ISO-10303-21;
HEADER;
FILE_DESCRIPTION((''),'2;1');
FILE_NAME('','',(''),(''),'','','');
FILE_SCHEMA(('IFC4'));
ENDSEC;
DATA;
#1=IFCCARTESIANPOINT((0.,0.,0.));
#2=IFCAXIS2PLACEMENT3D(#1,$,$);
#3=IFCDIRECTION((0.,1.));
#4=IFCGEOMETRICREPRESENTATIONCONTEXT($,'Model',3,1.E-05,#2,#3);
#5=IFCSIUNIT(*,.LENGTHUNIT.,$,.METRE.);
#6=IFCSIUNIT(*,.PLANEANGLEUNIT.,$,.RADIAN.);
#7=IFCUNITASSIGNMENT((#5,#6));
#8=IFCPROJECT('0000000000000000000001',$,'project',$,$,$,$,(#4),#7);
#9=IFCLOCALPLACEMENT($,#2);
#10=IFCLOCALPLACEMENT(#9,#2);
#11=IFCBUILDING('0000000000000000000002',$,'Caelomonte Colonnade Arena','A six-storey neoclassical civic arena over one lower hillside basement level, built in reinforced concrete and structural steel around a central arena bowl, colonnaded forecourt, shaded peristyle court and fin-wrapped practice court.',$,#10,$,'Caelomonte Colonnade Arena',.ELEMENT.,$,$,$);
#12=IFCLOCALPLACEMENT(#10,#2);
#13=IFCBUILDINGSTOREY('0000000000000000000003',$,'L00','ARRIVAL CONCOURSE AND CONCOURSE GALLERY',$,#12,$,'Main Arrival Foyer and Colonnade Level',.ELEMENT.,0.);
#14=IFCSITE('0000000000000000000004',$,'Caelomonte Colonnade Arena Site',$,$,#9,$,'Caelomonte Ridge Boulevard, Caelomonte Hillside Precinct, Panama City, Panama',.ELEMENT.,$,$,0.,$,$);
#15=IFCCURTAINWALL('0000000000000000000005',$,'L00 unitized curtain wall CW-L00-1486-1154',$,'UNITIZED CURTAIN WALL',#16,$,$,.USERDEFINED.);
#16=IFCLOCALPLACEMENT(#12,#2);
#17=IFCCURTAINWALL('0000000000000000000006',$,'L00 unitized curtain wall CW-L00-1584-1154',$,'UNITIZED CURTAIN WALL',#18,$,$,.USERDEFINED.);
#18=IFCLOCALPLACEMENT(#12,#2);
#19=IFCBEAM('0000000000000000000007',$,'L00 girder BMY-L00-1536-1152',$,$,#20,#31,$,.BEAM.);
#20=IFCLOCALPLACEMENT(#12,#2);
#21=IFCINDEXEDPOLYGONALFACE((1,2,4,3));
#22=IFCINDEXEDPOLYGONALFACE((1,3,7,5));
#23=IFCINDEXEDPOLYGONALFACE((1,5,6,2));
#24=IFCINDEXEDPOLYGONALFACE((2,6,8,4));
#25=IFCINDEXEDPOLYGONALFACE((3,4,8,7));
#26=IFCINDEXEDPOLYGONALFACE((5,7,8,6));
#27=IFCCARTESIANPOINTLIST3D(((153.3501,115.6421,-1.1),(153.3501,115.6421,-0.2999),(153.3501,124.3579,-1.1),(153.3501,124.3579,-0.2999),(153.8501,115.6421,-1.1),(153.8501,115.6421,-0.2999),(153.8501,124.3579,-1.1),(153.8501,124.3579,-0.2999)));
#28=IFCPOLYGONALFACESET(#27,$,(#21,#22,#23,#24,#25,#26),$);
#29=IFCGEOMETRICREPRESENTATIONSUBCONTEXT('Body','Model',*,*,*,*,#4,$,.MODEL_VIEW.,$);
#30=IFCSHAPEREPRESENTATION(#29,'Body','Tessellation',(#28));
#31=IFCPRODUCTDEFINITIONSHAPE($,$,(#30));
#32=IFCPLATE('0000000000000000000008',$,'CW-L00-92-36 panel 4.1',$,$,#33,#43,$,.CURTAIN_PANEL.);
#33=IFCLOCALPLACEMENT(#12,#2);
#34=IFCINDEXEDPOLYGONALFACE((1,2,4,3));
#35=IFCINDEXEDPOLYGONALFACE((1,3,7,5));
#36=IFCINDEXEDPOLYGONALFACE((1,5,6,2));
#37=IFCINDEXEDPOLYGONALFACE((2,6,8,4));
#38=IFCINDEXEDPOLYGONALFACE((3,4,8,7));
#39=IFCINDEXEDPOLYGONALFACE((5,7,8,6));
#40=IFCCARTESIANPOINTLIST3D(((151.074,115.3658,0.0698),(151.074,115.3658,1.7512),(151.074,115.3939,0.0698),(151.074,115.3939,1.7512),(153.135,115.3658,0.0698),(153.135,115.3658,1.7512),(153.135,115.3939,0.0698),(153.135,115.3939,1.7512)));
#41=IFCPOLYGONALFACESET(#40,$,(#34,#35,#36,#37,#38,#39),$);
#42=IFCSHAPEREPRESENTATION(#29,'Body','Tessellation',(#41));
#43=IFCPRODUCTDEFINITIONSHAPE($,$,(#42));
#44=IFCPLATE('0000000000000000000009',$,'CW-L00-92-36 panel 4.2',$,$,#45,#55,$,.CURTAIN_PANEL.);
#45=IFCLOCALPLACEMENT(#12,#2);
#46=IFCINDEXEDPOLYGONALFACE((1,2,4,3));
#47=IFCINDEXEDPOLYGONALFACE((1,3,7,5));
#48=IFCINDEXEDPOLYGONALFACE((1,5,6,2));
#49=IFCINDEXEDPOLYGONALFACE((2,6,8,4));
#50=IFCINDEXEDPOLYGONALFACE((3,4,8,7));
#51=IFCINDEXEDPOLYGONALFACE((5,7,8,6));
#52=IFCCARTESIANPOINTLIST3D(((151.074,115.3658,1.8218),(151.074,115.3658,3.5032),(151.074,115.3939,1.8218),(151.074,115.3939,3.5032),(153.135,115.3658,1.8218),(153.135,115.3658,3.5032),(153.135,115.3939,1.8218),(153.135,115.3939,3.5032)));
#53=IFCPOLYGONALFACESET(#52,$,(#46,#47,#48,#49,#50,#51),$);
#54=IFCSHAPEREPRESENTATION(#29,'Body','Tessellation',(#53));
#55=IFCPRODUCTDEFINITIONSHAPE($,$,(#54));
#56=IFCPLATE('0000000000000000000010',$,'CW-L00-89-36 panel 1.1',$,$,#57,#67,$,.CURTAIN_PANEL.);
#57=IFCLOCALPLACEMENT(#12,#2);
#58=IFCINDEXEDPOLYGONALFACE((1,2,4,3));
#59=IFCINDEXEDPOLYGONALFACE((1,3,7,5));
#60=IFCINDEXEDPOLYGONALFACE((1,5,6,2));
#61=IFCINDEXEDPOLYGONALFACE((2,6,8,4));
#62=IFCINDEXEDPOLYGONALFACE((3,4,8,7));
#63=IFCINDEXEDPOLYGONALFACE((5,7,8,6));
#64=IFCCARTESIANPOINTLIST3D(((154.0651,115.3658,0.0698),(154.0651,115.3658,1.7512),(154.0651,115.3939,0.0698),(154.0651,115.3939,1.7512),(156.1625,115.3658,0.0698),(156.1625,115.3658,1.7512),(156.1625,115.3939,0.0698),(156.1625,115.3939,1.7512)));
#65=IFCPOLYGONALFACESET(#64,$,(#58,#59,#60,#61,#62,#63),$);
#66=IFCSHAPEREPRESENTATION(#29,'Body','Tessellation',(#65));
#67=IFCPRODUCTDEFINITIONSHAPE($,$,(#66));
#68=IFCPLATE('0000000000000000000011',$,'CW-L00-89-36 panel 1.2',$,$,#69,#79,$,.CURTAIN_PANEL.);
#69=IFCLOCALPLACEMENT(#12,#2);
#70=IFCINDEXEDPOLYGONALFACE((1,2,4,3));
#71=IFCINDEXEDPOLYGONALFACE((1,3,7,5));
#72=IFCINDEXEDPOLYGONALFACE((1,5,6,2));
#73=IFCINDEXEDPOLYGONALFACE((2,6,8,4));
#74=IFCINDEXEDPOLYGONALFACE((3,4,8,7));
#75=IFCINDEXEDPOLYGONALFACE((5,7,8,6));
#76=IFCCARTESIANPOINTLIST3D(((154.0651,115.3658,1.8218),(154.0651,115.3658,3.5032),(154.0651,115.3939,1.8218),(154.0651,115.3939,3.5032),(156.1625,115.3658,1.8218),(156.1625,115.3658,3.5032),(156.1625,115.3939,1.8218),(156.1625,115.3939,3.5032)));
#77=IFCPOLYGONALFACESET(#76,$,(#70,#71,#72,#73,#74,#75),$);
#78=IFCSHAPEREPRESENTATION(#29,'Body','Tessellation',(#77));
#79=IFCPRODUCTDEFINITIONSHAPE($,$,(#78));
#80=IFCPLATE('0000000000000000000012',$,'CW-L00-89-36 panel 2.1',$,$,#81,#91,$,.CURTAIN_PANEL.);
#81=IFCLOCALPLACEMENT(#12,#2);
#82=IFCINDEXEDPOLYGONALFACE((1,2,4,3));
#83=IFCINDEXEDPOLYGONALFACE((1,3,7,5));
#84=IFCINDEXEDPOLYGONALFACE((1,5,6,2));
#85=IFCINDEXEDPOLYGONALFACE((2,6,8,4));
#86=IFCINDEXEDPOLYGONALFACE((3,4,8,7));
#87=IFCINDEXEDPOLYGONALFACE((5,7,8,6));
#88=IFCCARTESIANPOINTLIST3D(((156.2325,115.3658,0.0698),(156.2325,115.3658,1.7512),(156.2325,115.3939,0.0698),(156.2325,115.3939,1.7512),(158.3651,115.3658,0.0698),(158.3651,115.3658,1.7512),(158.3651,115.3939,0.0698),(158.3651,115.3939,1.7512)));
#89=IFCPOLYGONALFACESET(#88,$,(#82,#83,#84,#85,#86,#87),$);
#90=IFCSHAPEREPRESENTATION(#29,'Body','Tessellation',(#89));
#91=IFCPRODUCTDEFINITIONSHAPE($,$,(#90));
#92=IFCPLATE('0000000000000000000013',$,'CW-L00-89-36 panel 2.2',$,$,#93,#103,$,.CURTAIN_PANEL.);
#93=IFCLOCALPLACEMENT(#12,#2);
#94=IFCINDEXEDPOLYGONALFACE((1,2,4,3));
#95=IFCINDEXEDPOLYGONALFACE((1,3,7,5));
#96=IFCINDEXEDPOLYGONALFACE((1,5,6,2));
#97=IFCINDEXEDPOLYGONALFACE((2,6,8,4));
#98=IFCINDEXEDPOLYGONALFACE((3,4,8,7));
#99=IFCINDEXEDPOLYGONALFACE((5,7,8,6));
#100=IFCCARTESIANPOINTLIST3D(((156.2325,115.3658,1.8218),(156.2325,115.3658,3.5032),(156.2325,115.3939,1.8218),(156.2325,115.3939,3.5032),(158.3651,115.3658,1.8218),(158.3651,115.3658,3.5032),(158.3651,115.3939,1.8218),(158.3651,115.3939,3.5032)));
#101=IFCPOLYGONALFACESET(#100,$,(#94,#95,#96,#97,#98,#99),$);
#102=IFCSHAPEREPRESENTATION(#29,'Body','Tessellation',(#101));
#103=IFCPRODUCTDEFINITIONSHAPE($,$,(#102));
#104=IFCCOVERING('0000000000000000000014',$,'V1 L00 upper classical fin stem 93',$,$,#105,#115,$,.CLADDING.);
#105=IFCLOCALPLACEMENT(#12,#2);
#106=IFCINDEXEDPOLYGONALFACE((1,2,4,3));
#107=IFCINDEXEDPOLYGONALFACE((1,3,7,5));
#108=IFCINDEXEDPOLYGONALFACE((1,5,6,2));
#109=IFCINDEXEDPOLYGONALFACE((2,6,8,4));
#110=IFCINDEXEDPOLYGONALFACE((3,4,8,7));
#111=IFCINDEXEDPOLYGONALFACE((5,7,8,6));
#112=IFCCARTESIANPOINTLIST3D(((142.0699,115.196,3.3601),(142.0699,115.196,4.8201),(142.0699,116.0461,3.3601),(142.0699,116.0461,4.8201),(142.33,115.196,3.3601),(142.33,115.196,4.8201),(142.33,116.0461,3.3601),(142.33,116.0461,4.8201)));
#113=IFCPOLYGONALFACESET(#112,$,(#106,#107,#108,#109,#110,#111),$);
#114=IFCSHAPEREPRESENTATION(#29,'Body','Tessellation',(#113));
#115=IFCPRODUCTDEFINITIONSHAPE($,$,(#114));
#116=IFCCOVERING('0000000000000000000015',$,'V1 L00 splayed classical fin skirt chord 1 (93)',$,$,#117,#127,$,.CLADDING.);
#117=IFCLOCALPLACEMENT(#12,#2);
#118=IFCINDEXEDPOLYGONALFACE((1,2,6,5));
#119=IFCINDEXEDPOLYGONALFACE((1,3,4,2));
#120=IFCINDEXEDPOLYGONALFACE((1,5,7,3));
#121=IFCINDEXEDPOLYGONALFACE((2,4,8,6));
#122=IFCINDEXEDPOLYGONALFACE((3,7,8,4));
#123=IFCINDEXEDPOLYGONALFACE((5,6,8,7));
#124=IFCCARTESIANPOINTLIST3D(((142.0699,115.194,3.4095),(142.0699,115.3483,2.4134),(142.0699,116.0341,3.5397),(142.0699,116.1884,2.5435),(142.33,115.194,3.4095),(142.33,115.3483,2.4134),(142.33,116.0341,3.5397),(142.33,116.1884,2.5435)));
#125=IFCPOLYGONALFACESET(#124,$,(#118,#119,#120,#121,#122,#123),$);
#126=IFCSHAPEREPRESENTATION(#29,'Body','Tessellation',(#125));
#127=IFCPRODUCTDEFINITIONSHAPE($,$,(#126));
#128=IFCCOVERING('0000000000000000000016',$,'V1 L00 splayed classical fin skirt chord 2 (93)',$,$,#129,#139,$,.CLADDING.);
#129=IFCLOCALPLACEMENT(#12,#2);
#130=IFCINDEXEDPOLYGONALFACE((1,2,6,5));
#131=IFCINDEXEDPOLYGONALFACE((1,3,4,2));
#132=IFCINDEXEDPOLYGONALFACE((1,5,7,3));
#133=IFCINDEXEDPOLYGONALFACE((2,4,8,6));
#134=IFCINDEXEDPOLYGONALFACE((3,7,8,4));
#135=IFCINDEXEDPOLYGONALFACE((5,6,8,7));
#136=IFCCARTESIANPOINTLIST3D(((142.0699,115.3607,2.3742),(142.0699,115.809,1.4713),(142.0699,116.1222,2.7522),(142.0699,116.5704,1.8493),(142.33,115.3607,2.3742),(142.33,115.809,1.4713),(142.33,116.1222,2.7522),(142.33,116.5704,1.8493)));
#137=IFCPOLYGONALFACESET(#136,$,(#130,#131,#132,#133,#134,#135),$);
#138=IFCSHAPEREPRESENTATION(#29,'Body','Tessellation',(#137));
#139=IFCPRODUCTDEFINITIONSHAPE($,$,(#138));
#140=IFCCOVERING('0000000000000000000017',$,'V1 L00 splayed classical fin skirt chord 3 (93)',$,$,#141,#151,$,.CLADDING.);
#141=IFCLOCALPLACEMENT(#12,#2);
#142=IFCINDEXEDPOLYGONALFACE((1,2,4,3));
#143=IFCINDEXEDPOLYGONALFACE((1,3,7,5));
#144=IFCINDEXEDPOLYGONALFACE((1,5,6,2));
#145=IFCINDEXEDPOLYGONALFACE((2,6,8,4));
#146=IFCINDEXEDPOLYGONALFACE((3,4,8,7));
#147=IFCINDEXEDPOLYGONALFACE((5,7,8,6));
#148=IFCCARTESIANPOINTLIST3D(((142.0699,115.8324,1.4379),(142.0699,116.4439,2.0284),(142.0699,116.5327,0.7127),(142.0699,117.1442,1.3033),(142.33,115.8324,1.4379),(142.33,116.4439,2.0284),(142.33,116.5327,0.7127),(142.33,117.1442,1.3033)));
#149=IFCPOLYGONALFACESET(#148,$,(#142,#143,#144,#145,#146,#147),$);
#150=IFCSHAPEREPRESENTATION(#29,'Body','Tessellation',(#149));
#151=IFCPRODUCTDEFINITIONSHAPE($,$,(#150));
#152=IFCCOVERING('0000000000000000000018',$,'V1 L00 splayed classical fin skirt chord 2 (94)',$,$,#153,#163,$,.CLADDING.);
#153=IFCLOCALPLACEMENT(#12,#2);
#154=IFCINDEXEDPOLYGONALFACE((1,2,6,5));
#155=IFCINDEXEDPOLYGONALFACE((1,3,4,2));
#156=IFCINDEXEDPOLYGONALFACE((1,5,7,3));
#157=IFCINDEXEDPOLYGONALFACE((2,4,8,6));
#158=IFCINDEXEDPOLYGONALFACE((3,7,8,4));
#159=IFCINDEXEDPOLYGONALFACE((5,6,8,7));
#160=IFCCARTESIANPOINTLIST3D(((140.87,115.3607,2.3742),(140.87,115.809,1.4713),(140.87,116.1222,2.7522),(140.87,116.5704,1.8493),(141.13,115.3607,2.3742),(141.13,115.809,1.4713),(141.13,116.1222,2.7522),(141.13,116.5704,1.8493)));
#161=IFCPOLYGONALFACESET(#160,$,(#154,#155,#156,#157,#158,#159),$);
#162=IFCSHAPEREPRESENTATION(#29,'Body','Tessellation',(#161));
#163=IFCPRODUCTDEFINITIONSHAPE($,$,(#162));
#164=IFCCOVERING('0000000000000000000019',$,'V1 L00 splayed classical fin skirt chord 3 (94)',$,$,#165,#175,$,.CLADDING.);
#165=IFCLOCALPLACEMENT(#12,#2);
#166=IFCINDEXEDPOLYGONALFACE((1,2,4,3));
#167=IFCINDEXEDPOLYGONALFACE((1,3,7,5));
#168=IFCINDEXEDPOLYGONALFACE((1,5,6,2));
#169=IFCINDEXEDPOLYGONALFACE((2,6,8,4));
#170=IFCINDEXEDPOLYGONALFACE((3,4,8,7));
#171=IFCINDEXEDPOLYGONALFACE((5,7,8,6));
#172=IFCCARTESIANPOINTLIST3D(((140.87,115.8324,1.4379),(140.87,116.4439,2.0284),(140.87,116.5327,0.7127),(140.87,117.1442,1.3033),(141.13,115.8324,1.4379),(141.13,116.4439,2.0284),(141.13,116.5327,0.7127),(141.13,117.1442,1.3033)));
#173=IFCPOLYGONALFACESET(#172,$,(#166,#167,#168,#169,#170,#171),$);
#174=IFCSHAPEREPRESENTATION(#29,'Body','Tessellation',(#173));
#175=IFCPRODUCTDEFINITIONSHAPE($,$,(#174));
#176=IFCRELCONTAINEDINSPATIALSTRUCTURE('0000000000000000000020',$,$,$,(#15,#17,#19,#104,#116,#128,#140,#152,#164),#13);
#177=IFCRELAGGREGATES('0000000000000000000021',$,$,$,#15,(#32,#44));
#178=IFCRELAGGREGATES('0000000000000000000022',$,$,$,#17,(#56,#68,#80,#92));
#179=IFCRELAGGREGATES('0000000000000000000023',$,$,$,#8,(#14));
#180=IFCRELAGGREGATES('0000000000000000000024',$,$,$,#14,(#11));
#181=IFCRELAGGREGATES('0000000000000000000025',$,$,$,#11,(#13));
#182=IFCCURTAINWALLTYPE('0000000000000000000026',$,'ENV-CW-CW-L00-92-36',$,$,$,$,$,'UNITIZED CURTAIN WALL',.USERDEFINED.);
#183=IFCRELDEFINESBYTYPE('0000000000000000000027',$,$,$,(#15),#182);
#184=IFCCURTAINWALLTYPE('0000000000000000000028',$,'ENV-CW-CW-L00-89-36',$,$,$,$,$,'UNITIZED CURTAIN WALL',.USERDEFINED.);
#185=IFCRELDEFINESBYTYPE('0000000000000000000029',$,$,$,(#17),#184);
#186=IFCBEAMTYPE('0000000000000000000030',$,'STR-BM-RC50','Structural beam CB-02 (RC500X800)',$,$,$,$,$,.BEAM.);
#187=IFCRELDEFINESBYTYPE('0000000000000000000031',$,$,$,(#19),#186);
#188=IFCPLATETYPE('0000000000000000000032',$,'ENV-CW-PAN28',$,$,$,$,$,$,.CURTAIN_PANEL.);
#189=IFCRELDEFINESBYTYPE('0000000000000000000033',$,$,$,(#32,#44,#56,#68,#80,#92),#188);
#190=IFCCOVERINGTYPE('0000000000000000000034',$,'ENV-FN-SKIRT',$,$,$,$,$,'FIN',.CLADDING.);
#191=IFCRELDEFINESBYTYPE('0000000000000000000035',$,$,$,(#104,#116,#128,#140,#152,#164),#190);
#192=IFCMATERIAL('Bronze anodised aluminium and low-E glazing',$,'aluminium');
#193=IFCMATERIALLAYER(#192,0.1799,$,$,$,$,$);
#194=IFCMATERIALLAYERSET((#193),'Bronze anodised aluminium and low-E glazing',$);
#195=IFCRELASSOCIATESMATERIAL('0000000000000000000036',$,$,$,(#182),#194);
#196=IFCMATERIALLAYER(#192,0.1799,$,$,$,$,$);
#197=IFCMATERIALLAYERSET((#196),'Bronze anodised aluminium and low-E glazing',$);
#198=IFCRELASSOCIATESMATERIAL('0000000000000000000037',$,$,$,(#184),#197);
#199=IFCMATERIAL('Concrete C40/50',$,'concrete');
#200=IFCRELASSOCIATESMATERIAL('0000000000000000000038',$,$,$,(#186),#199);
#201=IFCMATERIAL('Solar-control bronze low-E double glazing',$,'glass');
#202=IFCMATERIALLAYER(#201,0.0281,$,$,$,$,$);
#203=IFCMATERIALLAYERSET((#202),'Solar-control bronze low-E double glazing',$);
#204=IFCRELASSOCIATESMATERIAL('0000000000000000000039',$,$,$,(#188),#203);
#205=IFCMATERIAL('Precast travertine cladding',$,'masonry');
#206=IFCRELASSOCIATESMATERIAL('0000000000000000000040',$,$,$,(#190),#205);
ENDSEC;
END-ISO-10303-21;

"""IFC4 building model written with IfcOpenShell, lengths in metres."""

from ifc_helpers import new_model, si_unit, direction, frame, origin, origin_2d, place, context, subcontext, project, spatial, rectangle, extrude, material, layer, layer_set, material_profile, profile_set, type_object, element, aggregate, save


model = new_model("IFC4")

# Units and contexts
model_context = context("Model", 3, precision=1e-05, world=origin(), true_north=direction((0.0, 1.0)))
body_context = subcontext(model_context, "Body", "Model", "MODEL_VIEW")
ifc_project = project(units=[si_unit("LENGTHUNIT", "METRE"), si_unit("PLANEANGLEUNIT", "RADIAN")], contexts=[model_context])

# Site, building, storey
site_placement = place(None, origin())
site = spatial("IfcSite", under=ifc_project, at=site_placement, Name="Caelomonte Colonnade Arena Site", LongName="Caelomonte Ridge Boulevard, Caelomonte Hillside Precinct, Panama City, Panama", CompositionType="ELEMENT", RefElevation=0.0)
building_placement = place(site_placement, origin())
building = spatial("IfcBuilding", under=site, at=building_placement, Name="Caelomonte Colonnade Arena", Description="A six-storey neoclassical civic arena over one lower hillside basement level, built in reinforced concrete and structural steel around a central arena bowl, colonnaded forecourt, shaded peristyle court and fin-wrapped practice court.", LongName="Caelomonte Colonnade Arena", CompositionType="ELEMENT")
storey_placement = place(building_placement, origin())
storey = spatial("IfcBuildingStorey", under=building, at=storey_placement, Name="L00", Description="ARRIVAL CONCOURSE AND CONCOURSE GALLERY", LongName="Main Arrival Foyer and Colonnade Level", CompositionType="ELEMENT", Elevation=0.0)

# Curtain walls
ifc_material_1 = material(Name="Bronze anodised aluminium and low-E glazing", Category="aluminium")
ifc_layer_1 = layer(ifc_material_1, 0.1799)
ifc_layer_set_1 = layer_set([ifc_layer_1], Name="Bronze anodised aluminium and low-E glazing")
curtain_wall_type_1 = type_object("IfcCurtainWallType", Name="ENV-CW-CW-L00-92-36", ElementType="UNITIZED CURTAIN WALL", PredefinedType="USERDEFINED", material=ifc_layer_set_1)
curtain_wall_1_placement = place(storey_placement, origin())
curtain_wall_1 = element("IfcCurtainWall", 1, at=curtain_wall_1_placement, inside=storey, type_object=curtain_wall_type_1, Name="L00 unitized curtain wall CW-L00-1486-1154", ObjectType="UNITIZED CURTAIN WALL", PredefinedType="USERDEFINED")
ifc_layer_2 = layer(ifc_material_1, 0.1799)
ifc_layer_set_2 = layer_set([ifc_layer_2], Name="Bronze anodised aluminium and low-E glazing")
curtain_wall_type_2 = type_object("IfcCurtainWallType", Name="ENV-CW-CW-L00-89-36", ElementType="UNITIZED CURTAIN WALL", PredefinedType="USERDEFINED", material=ifc_layer_set_2)
curtain_wall_2_placement = place(storey_placement, origin())
curtain_wall_2 = element("IfcCurtainWall", 2, at=curtain_wall_2_placement, inside=storey, type_object=curtain_wall_type_2, Name="L00 unitized curtain wall CW-L00-1584-1154", ObjectType="UNITIZED CURTAIN WALL", PredefinedType="USERDEFINED")

# Beam
ifc_material_2 = material(Name="Concrete C40/50", Category="concrete")
ifc_material_profile_1 = material_profile(ifc_material_2, rectangle(XDim=0.5, YDim=0.8, at=origin_2d()), Name="RC500X800")
ifc_profile_set_1 = profile_set([ifc_material_profile_1], Name="Concrete C40/50")
beam_type = type_object("IfcBeamType", Name="STR-BM-RC50", Description="Structural beam CB-02 (RC500X800)", PredefinedType="BEAM", material=ifc_profile_set_1)
beam_1_placement = place(storey_placement, frame((153.6001, 115.6421, -0.7), z_axis=(0.0, 1.0, 0.0), x_axis=(-1.0, 0.0, 0.0)))
element("IfcBeam", 3, at=beam_1_placement, inside=storey, type_object=beam_type, Name="L00 girder BMY-L00-1536-1152", PredefinedType="BEAM", context=body_context, shape_type="SweptSolid", body=[
    extrude(rectangle(XDim=0.5, YDim=0.8, at=origin_2d()), origin(), (0.0, 0.0, 1.0), 8.7158),
])

# Plates
ifc_material_3 = material(Name="Solar-control bronze low-E double glazing", Category="glass")
ifc_layer_3 = layer(ifc_material_3, 0.0281)
ifc_layer_set_3 = layer_set([ifc_layer_3], Name="Solar-control bronze low-E double glazing")
plate_type = type_object("IfcPlateType", Name="ENV-CW-PAN28", PredefinedType="CURTAIN_PANEL", material=ifc_layer_set_3)
plate_1_placement = place(storey_placement, frame((152.1045, 115.3799, 0.0698), z_axis=(0.0, 0.0, 1.0), x_axis=(1.0, 0.0, 0.0)))
plate_1 = element("IfcPlate", 4, at=plate_1_placement, type_object=plate_type, Name="CW-L00-92-36 panel 4.1", PredefinedType="CURTAIN_PANEL", context=body_context, shape_type="SweptSolid", body=[
    extrude(rectangle(XDim=2.061, YDim=0.0281, at=origin_2d()), origin(), (0.0, 0.0, 1.0), 1.6814),
])
plate_2_placement = place(storey_placement, frame((152.1045, 115.3799, 1.8218), z_axis=(0.0, 0.0, 1.0), x_axis=(1.0, 0.0, 0.0)))
plate_2 = element("IfcPlate", 5, at=plate_2_placement, type_object=plate_type, Name="CW-L00-92-36 panel 4.2", PredefinedType="CURTAIN_PANEL", context=body_context, shape_type="SweptSolid", body=[
    extrude(rectangle(XDim=2.061, YDim=0.0281, at=origin_2d()), origin(), (0.0, 0.0, 1.0), 1.6814),
])
aggregate(curtain_wall_1, [plate_1, plate_2])
plate_3_placement = place(storey_placement, frame((155.1138, 115.3799, 0.0698), z_axis=(0.0, 0.0, 1.0), x_axis=(1.0, 0.0, 0.0)))
plate_3 = element("IfcPlate", 6, at=plate_3_placement, type_object=plate_type, Name="CW-L00-89-36 panel 1.1", PredefinedType="CURTAIN_PANEL", context=body_context, shape_type="SweptSolid", body=[
    extrude(rectangle(XDim=2.0974, YDim=0.0281, at=origin_2d()), origin(), (0.0, 0.0, 1.0), 1.6814),
])
plate_4_placement = place(storey_placement, frame((155.1138, 115.3799, 1.8218), z_axis=(0.0, 0.0, 1.0), x_axis=(1.0, 0.0, 0.0)))
plate_4 = element("IfcPlate", 7, at=plate_4_placement, type_object=plate_type, Name="CW-L00-89-36 panel 1.2", PredefinedType="CURTAIN_PANEL", context=body_context, shape_type="SweptSolid", body=[
    extrude(rectangle(XDim=2.0974, YDim=0.0281, at=origin_2d()), origin(), (0.0, 0.0, 1.0), 1.6814),
])
plate_5_placement = place(storey_placement, frame((157.2988, 115.3799, 0.0698), z_axis=(0.0, 0.0, 1.0), x_axis=(1.0, 0.0, 0.0)))
plate_5 = element("IfcPlate", 8, at=plate_5_placement, type_object=plate_type, Name="CW-L00-89-36 panel 2.1", PredefinedType="CURTAIN_PANEL", context=body_context, shape_type="SweptSolid", body=[
    extrude(rectangle(XDim=2.1326, YDim=0.0281, at=origin_2d()), origin(), (0.0, 0.0, 1.0), 1.6814),
])
plate_6_placement = place(storey_placement, frame((157.2988, 115.3799, 1.8218), z_axis=(0.0, 0.0, 1.0), x_axis=(1.0, 0.0, 0.0)))
plate_6 = element("IfcPlate", 9, at=plate_6_placement, type_object=plate_type, Name="CW-L00-89-36 panel 2.2", PredefinedType="CURTAIN_PANEL", context=body_context, shape_type="SweptSolid", body=[
    extrude(rectangle(XDim=2.1326, YDim=0.0281, at=origin_2d()), origin(), (0.0, 0.0, 1.0), 1.6814),
])
aggregate(curtain_wall_2, [plate_3, plate_4, plate_5, plate_6])

# Coverings
ifc_material_4 = material(Name="Precast travertine cladding", Category="masonry")
ifc_material_profile_2 = material_profile(ifc_material_4, rectangle(XDim=0.26, YDim=0.8501, at=origin_2d()), Name="FIN260X850")
ifc_profile_set_2 = profile_set([ifc_material_profile_2], Name="Precast travertine cladding")
covering_type = type_object("IfcCoveringType", Name="ENV-FN-SKIRT", ElementType="FIN", PredefinedType="CLADDING", material=ifc_profile_set_2)
covering_placement = place(storey_placement, frame((142.2, 115.6211, 3.3601), z_axis=(0.0, 0.0, 1.0), x_axis=(1.0, 0.0, 0.0)))
element("IfcCovering", 10, at=covering_placement, inside=storey, type_object=covering_type, Name="V1 L00 upper classical fin stem 93", PredefinedType="CLADDING", context=body_context, shape_type="SweptSolid", body=[
    extrude(rectangle(XDim=0.26, YDim=0.8501, at=origin_2d()), origin(), (0.0, 0.0, 1.0), 1.46),
])
for number, where, z_axis, x_axis, name in (
    (11, (142.2, 115.614, 3.4746), (0.0, 0.153076, -0.988214), (-1.0, 0.0, 0.0), "V1 L00 splayed classical fin skirt chord 1 (93)"),
    (12, (142.2, 115.7415, 2.5632), (0.0, 0.444693, -0.895683), (-1.0, 0.0, 0.0), "V1 L00 splayed classical fin skirt chord 2 (93)"),
    (13, (142.2, 116.1382, 1.7332), (0.0, 0.694646, -0.719351), (-1.0, 0.0, 0.0), "V1 L00 splayed classical fin skirt chord 3 (93)"),
    (14, (141.0, 115.7415, 2.5632), (0.0, 0.444693, -0.895683), (-1.0, 0.0, 0.0), "V1 L00 splayed classical fin skirt chord 2 (94)"),
    (15, (141.0, 116.1382, 1.7332), (0.0, 0.694646, -0.719351), (-1.0, 0.0, 0.0), "V1 L00 splayed classical fin skirt chord 3 (94)"),
):
    element("IfcCovering", number, at=place(storey_placement, frame(where, z_axis=z_axis, x_axis=x_axis)), inside=storey, type_object=covering_type, Name=name, PredefinedType="CLADDING", context=body_context, shape_type="SweptSolid", body=[
        extrude(rectangle(XDim=0.26, YDim=0.8501, at=origin_2d()), origin(), (0.0, 0.0, 1.0), 1.0081),
    ])

save(model, "model.ifc")
